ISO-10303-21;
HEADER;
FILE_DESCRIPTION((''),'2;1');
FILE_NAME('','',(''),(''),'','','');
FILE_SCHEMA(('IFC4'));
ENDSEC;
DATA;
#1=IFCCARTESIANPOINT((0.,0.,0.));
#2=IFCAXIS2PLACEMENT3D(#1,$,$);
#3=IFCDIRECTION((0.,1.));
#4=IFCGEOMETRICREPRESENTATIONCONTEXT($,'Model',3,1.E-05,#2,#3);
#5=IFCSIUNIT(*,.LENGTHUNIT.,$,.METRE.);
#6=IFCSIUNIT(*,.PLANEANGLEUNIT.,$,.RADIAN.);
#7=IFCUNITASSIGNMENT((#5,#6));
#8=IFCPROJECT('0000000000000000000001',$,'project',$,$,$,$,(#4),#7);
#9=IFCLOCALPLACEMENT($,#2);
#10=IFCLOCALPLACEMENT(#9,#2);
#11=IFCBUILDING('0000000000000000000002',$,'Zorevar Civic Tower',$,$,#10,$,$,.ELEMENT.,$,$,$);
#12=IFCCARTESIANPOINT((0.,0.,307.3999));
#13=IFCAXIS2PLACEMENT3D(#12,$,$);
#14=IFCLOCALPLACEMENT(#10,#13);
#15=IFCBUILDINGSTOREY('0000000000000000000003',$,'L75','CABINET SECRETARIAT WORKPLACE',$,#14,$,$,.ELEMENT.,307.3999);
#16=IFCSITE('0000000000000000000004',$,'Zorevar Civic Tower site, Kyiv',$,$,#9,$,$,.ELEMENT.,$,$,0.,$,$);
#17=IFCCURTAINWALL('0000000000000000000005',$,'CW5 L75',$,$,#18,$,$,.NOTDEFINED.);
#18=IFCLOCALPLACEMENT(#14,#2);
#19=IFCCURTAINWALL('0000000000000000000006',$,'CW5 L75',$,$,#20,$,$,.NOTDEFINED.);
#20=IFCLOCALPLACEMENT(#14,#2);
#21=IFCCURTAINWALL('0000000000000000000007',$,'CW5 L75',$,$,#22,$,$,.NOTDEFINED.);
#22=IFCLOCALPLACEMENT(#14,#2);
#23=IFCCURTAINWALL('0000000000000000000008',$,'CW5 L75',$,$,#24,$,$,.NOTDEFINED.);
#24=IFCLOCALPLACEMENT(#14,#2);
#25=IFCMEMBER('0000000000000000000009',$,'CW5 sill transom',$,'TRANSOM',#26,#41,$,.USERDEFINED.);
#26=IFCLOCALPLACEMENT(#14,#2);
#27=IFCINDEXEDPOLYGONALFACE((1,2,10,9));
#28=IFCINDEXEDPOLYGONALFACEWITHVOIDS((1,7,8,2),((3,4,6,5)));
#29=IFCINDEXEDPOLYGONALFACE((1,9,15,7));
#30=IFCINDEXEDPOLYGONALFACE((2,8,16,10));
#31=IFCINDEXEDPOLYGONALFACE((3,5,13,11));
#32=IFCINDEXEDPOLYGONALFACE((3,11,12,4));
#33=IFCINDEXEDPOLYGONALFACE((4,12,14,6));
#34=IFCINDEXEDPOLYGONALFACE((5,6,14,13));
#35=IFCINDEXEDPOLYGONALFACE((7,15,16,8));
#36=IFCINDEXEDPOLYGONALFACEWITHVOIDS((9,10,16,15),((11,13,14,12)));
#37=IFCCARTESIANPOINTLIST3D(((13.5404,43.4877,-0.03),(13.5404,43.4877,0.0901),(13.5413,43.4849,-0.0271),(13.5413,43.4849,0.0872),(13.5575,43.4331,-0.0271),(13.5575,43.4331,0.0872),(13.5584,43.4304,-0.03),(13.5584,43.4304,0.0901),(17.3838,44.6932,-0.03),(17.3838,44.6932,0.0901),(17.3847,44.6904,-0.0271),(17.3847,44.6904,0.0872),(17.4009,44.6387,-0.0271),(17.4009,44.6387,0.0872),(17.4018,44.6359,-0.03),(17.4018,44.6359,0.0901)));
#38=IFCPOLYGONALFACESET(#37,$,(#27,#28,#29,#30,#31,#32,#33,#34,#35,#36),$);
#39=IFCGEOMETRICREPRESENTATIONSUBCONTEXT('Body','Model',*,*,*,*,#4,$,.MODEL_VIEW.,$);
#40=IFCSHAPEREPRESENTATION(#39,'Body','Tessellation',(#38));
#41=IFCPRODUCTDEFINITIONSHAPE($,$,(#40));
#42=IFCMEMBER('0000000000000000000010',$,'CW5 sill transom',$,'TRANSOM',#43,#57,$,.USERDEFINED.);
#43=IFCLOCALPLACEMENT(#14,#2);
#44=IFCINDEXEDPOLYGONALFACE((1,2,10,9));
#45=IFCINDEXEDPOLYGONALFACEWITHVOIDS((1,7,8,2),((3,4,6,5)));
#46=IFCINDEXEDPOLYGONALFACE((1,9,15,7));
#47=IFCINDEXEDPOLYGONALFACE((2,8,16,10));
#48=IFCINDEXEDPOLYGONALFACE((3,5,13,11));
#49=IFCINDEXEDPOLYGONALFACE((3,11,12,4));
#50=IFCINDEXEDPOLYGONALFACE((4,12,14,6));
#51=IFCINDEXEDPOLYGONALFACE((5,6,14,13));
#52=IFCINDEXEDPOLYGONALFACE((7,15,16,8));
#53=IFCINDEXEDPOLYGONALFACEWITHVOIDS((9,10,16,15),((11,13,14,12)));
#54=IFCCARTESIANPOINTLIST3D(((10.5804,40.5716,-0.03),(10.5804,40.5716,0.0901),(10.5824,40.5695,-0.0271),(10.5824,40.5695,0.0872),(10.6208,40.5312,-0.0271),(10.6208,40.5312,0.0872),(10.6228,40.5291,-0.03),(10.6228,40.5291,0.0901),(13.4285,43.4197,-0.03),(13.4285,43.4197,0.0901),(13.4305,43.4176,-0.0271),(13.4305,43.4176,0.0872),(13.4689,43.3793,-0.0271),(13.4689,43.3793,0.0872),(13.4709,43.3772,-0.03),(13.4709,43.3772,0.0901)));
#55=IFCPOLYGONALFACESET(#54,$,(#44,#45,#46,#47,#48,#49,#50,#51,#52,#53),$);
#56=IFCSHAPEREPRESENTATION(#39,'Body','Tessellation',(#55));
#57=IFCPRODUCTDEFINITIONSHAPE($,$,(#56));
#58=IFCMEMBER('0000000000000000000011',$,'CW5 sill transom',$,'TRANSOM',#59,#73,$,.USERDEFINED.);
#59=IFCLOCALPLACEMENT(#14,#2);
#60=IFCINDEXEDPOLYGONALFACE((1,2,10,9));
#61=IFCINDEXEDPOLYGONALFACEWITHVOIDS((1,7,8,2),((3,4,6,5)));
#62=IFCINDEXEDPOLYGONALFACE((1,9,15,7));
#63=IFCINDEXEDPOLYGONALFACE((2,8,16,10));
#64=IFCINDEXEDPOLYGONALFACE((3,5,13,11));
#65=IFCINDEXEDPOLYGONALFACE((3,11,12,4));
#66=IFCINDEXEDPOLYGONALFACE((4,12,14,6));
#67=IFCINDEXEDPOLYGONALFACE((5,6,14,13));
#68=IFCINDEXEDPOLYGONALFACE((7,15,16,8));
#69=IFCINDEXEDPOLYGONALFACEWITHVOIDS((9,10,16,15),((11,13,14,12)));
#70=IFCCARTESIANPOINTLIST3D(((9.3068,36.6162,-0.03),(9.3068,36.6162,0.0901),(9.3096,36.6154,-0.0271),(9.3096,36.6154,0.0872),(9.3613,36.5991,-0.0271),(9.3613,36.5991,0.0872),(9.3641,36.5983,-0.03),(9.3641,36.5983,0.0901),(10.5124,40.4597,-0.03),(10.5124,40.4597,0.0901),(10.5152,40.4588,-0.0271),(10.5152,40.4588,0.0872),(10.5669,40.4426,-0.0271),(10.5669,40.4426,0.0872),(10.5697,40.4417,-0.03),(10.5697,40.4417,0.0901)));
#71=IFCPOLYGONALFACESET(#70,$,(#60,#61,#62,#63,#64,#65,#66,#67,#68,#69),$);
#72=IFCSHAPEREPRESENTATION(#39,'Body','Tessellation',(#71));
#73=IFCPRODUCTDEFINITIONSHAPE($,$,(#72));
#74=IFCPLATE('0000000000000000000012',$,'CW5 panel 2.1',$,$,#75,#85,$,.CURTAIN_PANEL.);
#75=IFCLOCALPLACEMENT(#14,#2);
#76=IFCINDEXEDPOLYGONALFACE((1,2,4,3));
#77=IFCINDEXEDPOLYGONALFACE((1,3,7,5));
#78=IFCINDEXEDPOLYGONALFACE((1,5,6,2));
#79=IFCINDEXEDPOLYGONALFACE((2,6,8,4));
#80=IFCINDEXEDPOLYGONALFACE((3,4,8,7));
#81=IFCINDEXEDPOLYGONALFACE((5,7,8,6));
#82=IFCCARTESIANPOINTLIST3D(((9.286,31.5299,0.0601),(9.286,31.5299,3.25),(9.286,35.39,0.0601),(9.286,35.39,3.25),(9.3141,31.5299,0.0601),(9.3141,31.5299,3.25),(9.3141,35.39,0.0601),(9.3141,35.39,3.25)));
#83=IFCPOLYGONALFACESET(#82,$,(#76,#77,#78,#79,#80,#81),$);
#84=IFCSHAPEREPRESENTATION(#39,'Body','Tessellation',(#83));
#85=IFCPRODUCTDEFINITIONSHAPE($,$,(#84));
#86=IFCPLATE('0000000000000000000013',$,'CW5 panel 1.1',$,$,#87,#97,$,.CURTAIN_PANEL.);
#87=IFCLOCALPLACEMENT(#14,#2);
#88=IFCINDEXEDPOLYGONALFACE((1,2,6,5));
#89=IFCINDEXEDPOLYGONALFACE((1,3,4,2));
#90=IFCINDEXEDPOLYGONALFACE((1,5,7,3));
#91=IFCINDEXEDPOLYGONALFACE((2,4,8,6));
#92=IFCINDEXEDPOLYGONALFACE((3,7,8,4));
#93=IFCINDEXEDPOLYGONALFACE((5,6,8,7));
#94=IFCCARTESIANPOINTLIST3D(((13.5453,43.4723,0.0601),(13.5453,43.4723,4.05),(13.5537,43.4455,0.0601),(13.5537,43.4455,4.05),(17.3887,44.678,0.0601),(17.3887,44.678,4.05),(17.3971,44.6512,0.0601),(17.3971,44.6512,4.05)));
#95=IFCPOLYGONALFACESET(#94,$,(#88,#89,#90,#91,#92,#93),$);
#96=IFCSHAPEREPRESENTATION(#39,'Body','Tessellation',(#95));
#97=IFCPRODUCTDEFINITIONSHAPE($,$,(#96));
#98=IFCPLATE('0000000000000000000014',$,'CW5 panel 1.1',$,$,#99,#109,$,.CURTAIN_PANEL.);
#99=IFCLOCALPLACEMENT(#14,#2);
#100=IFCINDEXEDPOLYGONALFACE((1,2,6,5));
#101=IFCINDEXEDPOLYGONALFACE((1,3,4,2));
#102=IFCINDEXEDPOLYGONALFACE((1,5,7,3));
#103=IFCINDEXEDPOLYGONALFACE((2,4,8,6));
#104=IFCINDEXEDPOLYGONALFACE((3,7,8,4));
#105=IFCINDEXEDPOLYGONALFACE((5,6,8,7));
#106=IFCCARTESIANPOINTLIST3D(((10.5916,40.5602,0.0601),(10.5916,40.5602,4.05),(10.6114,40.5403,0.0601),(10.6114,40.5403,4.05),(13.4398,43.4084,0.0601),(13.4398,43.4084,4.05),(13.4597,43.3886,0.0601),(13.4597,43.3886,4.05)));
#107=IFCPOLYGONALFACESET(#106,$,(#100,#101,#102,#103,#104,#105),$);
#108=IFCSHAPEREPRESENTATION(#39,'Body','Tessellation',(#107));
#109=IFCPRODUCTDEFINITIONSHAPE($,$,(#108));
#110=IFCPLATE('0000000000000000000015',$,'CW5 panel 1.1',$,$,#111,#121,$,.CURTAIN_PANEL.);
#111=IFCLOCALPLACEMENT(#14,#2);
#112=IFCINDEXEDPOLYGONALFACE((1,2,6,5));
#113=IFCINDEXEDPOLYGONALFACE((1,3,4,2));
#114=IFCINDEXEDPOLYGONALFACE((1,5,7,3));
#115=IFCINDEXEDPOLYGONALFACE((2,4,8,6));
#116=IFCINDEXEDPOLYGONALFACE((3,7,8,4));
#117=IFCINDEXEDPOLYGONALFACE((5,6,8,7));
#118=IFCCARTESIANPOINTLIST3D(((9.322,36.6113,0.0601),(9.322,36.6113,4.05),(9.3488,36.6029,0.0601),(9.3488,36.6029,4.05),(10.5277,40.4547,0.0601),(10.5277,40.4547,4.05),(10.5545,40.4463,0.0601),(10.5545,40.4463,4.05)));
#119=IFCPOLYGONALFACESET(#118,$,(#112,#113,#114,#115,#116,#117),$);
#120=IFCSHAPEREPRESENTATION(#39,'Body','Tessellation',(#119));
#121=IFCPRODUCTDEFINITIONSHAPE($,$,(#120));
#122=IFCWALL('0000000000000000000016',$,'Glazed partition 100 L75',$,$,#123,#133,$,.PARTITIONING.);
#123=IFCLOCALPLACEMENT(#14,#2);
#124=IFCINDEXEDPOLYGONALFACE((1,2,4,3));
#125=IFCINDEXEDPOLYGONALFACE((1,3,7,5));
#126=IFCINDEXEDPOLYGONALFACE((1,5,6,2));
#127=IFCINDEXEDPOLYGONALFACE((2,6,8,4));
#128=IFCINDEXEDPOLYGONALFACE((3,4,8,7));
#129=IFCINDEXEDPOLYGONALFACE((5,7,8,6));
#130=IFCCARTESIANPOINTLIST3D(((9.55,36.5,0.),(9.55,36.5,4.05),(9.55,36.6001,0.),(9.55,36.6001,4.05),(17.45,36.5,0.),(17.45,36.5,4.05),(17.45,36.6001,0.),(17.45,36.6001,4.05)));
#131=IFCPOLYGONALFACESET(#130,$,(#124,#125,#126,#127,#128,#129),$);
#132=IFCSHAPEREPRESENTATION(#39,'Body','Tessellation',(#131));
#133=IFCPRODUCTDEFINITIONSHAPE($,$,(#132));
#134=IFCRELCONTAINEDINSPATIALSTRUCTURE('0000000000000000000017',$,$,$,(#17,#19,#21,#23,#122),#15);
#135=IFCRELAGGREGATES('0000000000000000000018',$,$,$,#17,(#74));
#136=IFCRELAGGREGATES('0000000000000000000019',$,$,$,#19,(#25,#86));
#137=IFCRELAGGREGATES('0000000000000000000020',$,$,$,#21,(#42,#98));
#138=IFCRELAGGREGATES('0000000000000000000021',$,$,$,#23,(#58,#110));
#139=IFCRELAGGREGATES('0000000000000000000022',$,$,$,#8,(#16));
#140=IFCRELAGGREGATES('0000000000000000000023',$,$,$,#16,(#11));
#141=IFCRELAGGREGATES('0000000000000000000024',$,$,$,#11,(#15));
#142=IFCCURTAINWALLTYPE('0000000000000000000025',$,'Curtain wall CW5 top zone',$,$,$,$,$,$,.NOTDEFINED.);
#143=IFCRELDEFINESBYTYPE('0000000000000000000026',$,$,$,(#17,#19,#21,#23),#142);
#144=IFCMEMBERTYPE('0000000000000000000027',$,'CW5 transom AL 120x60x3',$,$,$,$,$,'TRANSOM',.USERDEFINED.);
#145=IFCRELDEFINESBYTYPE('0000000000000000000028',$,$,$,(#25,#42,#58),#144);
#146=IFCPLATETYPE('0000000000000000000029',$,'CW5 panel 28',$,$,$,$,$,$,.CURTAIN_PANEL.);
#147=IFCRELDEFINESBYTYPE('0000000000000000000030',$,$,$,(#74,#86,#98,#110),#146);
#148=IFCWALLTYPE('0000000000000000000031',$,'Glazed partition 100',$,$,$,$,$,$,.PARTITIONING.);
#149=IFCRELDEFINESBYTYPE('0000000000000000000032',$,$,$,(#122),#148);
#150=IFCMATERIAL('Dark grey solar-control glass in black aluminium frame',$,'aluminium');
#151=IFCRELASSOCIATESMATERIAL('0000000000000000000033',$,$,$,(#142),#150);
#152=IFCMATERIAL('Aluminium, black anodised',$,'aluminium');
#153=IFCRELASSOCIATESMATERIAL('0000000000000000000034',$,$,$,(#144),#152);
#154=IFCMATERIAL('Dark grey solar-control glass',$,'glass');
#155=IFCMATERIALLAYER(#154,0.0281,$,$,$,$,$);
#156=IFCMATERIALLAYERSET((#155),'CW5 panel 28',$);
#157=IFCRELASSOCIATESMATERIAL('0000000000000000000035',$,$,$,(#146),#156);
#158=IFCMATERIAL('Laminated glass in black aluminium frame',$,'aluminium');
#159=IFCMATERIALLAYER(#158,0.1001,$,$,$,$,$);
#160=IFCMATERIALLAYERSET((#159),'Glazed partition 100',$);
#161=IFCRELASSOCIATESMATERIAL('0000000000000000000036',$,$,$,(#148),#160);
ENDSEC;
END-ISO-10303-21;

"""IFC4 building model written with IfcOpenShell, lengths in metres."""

from ifc_helpers import new_model, si_unit, direction, frame, frame_2d, origin, origin_2d, place, context, subcontext, project, spatial, rectangle, hollow_rectangle, extrude, material, layer, layer_set, material_profile, profile_set, type_object, element, aggregate, save


model = new_model("IFC4")

# Units and contexts
model_context = context("Model", 3, precision=1e-05, world=origin(), true_north=direction((0.0, 1.0)))
body_context = subcontext(model_context, "Body", "Model", "MODEL_VIEW")
ifc_project = project(units=[si_unit("LENGTHUNIT", "METRE"), si_unit("PLANEANGLEUNIT", "RADIAN")], contexts=[model_context])

# Site, building, storey
site_placement = place(None, origin())
site = spatial("IfcSite", under=ifc_project, at=site_placement, Name="Zorevar Civic Tower site, Kyiv", CompositionType="ELEMENT", RefElevation=0.0)
building_placement = place(site_placement, origin())
building = spatial("IfcBuilding", under=site, at=building_placement, Name="Zorevar Civic Tower", CompositionType="ELEMENT")
storey_placement = place(building_placement, frame((0.0, 0.0, 307.3999)))
storey = spatial("IfcBuildingStorey", under=building, at=storey_placement, Name="L75", Description="CABINET SECRETARIAT WORKPLACE", CompositionType="ELEMENT", Elevation=307.3999)

# Curtain walls
ifc_material_1 = material(Name="Dark grey solar-control glass in black aluminium frame", Category="aluminium")
curtain_wall_type = type_object("IfcCurtainWallType", Name="Curtain wall CW5 top zone", PredefinedType="NOTDEFINED", material=ifc_material_1)
curtain_wall_1_placement = place(storey_placement, origin())
curtain_wall_1 = element("IfcCurtainWall", 1, at=curtain_wall_1_placement, inside=storey, type_object=curtain_wall_type, Name="CW5 L75", PredefinedType="NOTDEFINED")
curtain_wall_2_placement = place(storey_placement, origin())
curtain_wall_2 = element("IfcCurtainWall", 2, at=curtain_wall_2_placement, inside=storey, type_object=curtain_wall_type, Name="CW5 L75", PredefinedType="NOTDEFINED")
curtain_wall_3_placement = place(storey_placement, origin())
curtain_wall_3 = element("IfcCurtainWall", 3, at=curtain_wall_3_placement, inside=storey, type_object=curtain_wall_type, Name="CW5 L75", PredefinedType="NOTDEFINED")
curtain_wall_4_placement = place(storey_placement, origin())
curtain_wall_4 = element("IfcCurtainWall", 4, at=curtain_wall_4_placement, inside=storey, type_object=curtain_wall_type, Name="CW5 L75", PredefinedType="NOTDEFINED")

# Members
ifc_material_2 = material(Name="Aluminium, black anodised", Category="aluminium")
ifc_material_profile_1 = material_profile(ifc_material_2, hollow_rectangle(XDim=0.0601, YDim=0.1201, WallThickness=0.0029, at=origin_2d()), Name="AL 120x60x3")
ifc_profile_set_1 = profile_set([ifc_material_profile_1], Name="Aluminium, black anodised")
member_type_1 = type_object("IfcMemberType", Name="CW5 transom AL 120x60x3", ElementType="TRANSOM", PredefinedType="USERDEFINED", material=ifc_profile_set_1)
member_1_placement = place(storey_placement, frame((17.3928, 44.6646, 0.03), z_axis=(-0.954163, -0.299286, 0.0), x_axis=(0.299286, -0.954163, 0.0)))
member_1 = element("IfcMember", 5, at=member_1_placement, type_object=member_type_1, Name="CW5 sill transom", ObjectType="TRANSOM", PredefinedType="USERDEFINED", context=body_context, shape_type="SweptSolid", body=[
    extrude(hollow_rectangle(XDim=0.0601, YDim=0.1201, WallThickness=0.0029, at=origin_2d()), origin(), (0.0, 0.0, 1.0), 4.0281),
])
member_2_placement = place(storey_placement, frame((13.4497, 43.3984, 0.03), z_axis=(-0.707107, -0.707107, 0.0), x_axis=(0.707107, -0.707107, 0.0)))
member_2 = element("IfcMember", 6, at=member_2_placement, type_object=member_type_1, Name="CW5 sill transom", ObjectType="TRANSOM", PredefinedType="USERDEFINED", context=body_context, shape_type="SweptSolid", body=[
    extrude(hollow_rectangle(XDim=0.0601, YDim=0.1201, WallThickness=0.0029, at=origin_2d()), origin(), (0.0, 0.0, 1.0), 4.0278),
])
member_3_placement = place(storey_placement, frame((10.541, 40.4507, 0.03), z_axis=(-0.299286, -0.954163, 0.0), x_axis=(0.954163, -0.299286, 0.0)))
member_3 = element("IfcMember", 7, at=member_3_placement, type_object=member_type_1, Name="CW5 sill transom", ObjectType="TRANSOM", PredefinedType="USERDEFINED", context=body_context, shape_type="SweptSolid", body=[
    extrude(hollow_rectangle(XDim=0.0601, YDim=0.1201, WallThickness=0.0029, at=origin_2d()), origin(), (0.0, 0.0, 1.0), 4.0281),
])

# Plates
ifc_material_3 = material(Name="Dark grey solar-control glass", Category="glass")
ifc_layer_1 = layer(ifc_material_3, 0.0281)
ifc_layer_set_1 = layer_set([ifc_layer_1], Name="CW5 panel 28")
plate_type = type_object("IfcPlateType", Name="CW5 panel 28", PredefinedType="CURTAIN_PANEL", material=ifc_layer_set_1)
plate_1_placement = place(storey_placement, frame((9.3, 33.46, 0.0601), z_axis=(0.0, 0.0, 1.0), x_axis=(0.0, 1.0, 0.0)))
plate_1 = element("IfcPlate", 8, at=plate_1_placement, type_object=plate_type, Name="CW5 panel 2.1", PredefinedType="CURTAIN_PANEL", context=body_context, shape_type="SweptSolid", body=[
    extrude(rectangle(XDim=3.8601, YDim=0.0281, at=origin_2d()), origin(), (0.0, 0.0, 1.0), 3.1899),
])
aggregate(curtain_wall_1, [plate_1])
plate_2_placement = place(storey_placement, frame((15.4712, 44.0618, 0.0601), z_axis=(0.0, 0.0, 1.0), x_axis=(-0.954153, -0.299318, 0.0)))
plate_2 = element("IfcPlate", 9, at=plate_2_placement, type_object=plate_type, Name="CW5 panel 1.1", PredefinedType="CURTAIN_PANEL", context=body_context, shape_type="SweptSolid", body=[
    extrude(rectangle(XDim=4.0281, YDim=0.0281, at=origin_2d()), origin(), (0.0, 0.0, 1.0), 3.99),
])
aggregate(curtain_wall_2, [member_1, plate_2])
plate_3_placement = place(storey_placement, frame((12.0256, 41.9744, 0.0601), z_axis=(0.0, 0.0, 1.0), x_axis=(-0.707107, -0.707107, 0.0)))
plate_3 = element("IfcPlate", 10, at=plate_3_placement, type_object=plate_type, Name="CW5 panel 1.1", PredefinedType="CURTAIN_PANEL", context=body_context, shape_type="SweptSolid", body=[
    extrude(rectangle(XDim=4.0281, YDim=0.0281, at=origin_2d()), origin(), (0.0, 0.0, 1.0), 3.99),
])
aggregate(curtain_wall_3, [member_2, plate_3])
plate_4_placement = place(storey_placement, frame((9.9382, 38.5288, 0.0601), z_axis=(0.0, 0.0, 1.0), x_axis=(-0.299318, -0.954153, 0.0)))
plate_4 = element("IfcPlate", 11, at=plate_4_placement, type_object=plate_type, Name="CW5 panel 1.1", PredefinedType="CURTAIN_PANEL", context=body_context, shape_type="SweptSolid", body=[
    extrude(rectangle(XDim=4.0281, YDim=0.0281, at=origin_2d()), origin(), (0.0, 0.0, 1.0), 3.99),
])
aggregate(curtain_wall_4, [member_3, plate_4])

# Wall
ifc_material_4 = material(Name="Laminated glass in black aluminium frame", Category="aluminium")
ifc_layer_2 = layer(ifc_material_4, 0.1001)
ifc_layer_set_2 = layer_set([ifc_layer_2], Name="Glazed partition 100")
wall_type = type_object("IfcWallType", Name="Glazed partition 100", PredefinedType="PARTITIONING", material=ifc_layer_set_2)
wall_placement = place(storey_placement, frame((9.55, 36.55, 0.0), z_axis=(0.0, 0.0, 1.0), x_axis=(1.0, 0.0, 0.0)))
element("IfcWall", 12, at=wall_placement, inside=storey, type_object=wall_type, Name="Glazed partition 100 L75", PredefinedType="PARTITIONING", context=body_context, shape_type="SweptSolid", body=[
    extrude(rectangle(XDim=7.8999, YDim=0.1001, at=frame_2d((3.95, 0.0))), origin(), (0.0, 0.0, 1.0), 4.05),
])

save(model, "model.ifc")
